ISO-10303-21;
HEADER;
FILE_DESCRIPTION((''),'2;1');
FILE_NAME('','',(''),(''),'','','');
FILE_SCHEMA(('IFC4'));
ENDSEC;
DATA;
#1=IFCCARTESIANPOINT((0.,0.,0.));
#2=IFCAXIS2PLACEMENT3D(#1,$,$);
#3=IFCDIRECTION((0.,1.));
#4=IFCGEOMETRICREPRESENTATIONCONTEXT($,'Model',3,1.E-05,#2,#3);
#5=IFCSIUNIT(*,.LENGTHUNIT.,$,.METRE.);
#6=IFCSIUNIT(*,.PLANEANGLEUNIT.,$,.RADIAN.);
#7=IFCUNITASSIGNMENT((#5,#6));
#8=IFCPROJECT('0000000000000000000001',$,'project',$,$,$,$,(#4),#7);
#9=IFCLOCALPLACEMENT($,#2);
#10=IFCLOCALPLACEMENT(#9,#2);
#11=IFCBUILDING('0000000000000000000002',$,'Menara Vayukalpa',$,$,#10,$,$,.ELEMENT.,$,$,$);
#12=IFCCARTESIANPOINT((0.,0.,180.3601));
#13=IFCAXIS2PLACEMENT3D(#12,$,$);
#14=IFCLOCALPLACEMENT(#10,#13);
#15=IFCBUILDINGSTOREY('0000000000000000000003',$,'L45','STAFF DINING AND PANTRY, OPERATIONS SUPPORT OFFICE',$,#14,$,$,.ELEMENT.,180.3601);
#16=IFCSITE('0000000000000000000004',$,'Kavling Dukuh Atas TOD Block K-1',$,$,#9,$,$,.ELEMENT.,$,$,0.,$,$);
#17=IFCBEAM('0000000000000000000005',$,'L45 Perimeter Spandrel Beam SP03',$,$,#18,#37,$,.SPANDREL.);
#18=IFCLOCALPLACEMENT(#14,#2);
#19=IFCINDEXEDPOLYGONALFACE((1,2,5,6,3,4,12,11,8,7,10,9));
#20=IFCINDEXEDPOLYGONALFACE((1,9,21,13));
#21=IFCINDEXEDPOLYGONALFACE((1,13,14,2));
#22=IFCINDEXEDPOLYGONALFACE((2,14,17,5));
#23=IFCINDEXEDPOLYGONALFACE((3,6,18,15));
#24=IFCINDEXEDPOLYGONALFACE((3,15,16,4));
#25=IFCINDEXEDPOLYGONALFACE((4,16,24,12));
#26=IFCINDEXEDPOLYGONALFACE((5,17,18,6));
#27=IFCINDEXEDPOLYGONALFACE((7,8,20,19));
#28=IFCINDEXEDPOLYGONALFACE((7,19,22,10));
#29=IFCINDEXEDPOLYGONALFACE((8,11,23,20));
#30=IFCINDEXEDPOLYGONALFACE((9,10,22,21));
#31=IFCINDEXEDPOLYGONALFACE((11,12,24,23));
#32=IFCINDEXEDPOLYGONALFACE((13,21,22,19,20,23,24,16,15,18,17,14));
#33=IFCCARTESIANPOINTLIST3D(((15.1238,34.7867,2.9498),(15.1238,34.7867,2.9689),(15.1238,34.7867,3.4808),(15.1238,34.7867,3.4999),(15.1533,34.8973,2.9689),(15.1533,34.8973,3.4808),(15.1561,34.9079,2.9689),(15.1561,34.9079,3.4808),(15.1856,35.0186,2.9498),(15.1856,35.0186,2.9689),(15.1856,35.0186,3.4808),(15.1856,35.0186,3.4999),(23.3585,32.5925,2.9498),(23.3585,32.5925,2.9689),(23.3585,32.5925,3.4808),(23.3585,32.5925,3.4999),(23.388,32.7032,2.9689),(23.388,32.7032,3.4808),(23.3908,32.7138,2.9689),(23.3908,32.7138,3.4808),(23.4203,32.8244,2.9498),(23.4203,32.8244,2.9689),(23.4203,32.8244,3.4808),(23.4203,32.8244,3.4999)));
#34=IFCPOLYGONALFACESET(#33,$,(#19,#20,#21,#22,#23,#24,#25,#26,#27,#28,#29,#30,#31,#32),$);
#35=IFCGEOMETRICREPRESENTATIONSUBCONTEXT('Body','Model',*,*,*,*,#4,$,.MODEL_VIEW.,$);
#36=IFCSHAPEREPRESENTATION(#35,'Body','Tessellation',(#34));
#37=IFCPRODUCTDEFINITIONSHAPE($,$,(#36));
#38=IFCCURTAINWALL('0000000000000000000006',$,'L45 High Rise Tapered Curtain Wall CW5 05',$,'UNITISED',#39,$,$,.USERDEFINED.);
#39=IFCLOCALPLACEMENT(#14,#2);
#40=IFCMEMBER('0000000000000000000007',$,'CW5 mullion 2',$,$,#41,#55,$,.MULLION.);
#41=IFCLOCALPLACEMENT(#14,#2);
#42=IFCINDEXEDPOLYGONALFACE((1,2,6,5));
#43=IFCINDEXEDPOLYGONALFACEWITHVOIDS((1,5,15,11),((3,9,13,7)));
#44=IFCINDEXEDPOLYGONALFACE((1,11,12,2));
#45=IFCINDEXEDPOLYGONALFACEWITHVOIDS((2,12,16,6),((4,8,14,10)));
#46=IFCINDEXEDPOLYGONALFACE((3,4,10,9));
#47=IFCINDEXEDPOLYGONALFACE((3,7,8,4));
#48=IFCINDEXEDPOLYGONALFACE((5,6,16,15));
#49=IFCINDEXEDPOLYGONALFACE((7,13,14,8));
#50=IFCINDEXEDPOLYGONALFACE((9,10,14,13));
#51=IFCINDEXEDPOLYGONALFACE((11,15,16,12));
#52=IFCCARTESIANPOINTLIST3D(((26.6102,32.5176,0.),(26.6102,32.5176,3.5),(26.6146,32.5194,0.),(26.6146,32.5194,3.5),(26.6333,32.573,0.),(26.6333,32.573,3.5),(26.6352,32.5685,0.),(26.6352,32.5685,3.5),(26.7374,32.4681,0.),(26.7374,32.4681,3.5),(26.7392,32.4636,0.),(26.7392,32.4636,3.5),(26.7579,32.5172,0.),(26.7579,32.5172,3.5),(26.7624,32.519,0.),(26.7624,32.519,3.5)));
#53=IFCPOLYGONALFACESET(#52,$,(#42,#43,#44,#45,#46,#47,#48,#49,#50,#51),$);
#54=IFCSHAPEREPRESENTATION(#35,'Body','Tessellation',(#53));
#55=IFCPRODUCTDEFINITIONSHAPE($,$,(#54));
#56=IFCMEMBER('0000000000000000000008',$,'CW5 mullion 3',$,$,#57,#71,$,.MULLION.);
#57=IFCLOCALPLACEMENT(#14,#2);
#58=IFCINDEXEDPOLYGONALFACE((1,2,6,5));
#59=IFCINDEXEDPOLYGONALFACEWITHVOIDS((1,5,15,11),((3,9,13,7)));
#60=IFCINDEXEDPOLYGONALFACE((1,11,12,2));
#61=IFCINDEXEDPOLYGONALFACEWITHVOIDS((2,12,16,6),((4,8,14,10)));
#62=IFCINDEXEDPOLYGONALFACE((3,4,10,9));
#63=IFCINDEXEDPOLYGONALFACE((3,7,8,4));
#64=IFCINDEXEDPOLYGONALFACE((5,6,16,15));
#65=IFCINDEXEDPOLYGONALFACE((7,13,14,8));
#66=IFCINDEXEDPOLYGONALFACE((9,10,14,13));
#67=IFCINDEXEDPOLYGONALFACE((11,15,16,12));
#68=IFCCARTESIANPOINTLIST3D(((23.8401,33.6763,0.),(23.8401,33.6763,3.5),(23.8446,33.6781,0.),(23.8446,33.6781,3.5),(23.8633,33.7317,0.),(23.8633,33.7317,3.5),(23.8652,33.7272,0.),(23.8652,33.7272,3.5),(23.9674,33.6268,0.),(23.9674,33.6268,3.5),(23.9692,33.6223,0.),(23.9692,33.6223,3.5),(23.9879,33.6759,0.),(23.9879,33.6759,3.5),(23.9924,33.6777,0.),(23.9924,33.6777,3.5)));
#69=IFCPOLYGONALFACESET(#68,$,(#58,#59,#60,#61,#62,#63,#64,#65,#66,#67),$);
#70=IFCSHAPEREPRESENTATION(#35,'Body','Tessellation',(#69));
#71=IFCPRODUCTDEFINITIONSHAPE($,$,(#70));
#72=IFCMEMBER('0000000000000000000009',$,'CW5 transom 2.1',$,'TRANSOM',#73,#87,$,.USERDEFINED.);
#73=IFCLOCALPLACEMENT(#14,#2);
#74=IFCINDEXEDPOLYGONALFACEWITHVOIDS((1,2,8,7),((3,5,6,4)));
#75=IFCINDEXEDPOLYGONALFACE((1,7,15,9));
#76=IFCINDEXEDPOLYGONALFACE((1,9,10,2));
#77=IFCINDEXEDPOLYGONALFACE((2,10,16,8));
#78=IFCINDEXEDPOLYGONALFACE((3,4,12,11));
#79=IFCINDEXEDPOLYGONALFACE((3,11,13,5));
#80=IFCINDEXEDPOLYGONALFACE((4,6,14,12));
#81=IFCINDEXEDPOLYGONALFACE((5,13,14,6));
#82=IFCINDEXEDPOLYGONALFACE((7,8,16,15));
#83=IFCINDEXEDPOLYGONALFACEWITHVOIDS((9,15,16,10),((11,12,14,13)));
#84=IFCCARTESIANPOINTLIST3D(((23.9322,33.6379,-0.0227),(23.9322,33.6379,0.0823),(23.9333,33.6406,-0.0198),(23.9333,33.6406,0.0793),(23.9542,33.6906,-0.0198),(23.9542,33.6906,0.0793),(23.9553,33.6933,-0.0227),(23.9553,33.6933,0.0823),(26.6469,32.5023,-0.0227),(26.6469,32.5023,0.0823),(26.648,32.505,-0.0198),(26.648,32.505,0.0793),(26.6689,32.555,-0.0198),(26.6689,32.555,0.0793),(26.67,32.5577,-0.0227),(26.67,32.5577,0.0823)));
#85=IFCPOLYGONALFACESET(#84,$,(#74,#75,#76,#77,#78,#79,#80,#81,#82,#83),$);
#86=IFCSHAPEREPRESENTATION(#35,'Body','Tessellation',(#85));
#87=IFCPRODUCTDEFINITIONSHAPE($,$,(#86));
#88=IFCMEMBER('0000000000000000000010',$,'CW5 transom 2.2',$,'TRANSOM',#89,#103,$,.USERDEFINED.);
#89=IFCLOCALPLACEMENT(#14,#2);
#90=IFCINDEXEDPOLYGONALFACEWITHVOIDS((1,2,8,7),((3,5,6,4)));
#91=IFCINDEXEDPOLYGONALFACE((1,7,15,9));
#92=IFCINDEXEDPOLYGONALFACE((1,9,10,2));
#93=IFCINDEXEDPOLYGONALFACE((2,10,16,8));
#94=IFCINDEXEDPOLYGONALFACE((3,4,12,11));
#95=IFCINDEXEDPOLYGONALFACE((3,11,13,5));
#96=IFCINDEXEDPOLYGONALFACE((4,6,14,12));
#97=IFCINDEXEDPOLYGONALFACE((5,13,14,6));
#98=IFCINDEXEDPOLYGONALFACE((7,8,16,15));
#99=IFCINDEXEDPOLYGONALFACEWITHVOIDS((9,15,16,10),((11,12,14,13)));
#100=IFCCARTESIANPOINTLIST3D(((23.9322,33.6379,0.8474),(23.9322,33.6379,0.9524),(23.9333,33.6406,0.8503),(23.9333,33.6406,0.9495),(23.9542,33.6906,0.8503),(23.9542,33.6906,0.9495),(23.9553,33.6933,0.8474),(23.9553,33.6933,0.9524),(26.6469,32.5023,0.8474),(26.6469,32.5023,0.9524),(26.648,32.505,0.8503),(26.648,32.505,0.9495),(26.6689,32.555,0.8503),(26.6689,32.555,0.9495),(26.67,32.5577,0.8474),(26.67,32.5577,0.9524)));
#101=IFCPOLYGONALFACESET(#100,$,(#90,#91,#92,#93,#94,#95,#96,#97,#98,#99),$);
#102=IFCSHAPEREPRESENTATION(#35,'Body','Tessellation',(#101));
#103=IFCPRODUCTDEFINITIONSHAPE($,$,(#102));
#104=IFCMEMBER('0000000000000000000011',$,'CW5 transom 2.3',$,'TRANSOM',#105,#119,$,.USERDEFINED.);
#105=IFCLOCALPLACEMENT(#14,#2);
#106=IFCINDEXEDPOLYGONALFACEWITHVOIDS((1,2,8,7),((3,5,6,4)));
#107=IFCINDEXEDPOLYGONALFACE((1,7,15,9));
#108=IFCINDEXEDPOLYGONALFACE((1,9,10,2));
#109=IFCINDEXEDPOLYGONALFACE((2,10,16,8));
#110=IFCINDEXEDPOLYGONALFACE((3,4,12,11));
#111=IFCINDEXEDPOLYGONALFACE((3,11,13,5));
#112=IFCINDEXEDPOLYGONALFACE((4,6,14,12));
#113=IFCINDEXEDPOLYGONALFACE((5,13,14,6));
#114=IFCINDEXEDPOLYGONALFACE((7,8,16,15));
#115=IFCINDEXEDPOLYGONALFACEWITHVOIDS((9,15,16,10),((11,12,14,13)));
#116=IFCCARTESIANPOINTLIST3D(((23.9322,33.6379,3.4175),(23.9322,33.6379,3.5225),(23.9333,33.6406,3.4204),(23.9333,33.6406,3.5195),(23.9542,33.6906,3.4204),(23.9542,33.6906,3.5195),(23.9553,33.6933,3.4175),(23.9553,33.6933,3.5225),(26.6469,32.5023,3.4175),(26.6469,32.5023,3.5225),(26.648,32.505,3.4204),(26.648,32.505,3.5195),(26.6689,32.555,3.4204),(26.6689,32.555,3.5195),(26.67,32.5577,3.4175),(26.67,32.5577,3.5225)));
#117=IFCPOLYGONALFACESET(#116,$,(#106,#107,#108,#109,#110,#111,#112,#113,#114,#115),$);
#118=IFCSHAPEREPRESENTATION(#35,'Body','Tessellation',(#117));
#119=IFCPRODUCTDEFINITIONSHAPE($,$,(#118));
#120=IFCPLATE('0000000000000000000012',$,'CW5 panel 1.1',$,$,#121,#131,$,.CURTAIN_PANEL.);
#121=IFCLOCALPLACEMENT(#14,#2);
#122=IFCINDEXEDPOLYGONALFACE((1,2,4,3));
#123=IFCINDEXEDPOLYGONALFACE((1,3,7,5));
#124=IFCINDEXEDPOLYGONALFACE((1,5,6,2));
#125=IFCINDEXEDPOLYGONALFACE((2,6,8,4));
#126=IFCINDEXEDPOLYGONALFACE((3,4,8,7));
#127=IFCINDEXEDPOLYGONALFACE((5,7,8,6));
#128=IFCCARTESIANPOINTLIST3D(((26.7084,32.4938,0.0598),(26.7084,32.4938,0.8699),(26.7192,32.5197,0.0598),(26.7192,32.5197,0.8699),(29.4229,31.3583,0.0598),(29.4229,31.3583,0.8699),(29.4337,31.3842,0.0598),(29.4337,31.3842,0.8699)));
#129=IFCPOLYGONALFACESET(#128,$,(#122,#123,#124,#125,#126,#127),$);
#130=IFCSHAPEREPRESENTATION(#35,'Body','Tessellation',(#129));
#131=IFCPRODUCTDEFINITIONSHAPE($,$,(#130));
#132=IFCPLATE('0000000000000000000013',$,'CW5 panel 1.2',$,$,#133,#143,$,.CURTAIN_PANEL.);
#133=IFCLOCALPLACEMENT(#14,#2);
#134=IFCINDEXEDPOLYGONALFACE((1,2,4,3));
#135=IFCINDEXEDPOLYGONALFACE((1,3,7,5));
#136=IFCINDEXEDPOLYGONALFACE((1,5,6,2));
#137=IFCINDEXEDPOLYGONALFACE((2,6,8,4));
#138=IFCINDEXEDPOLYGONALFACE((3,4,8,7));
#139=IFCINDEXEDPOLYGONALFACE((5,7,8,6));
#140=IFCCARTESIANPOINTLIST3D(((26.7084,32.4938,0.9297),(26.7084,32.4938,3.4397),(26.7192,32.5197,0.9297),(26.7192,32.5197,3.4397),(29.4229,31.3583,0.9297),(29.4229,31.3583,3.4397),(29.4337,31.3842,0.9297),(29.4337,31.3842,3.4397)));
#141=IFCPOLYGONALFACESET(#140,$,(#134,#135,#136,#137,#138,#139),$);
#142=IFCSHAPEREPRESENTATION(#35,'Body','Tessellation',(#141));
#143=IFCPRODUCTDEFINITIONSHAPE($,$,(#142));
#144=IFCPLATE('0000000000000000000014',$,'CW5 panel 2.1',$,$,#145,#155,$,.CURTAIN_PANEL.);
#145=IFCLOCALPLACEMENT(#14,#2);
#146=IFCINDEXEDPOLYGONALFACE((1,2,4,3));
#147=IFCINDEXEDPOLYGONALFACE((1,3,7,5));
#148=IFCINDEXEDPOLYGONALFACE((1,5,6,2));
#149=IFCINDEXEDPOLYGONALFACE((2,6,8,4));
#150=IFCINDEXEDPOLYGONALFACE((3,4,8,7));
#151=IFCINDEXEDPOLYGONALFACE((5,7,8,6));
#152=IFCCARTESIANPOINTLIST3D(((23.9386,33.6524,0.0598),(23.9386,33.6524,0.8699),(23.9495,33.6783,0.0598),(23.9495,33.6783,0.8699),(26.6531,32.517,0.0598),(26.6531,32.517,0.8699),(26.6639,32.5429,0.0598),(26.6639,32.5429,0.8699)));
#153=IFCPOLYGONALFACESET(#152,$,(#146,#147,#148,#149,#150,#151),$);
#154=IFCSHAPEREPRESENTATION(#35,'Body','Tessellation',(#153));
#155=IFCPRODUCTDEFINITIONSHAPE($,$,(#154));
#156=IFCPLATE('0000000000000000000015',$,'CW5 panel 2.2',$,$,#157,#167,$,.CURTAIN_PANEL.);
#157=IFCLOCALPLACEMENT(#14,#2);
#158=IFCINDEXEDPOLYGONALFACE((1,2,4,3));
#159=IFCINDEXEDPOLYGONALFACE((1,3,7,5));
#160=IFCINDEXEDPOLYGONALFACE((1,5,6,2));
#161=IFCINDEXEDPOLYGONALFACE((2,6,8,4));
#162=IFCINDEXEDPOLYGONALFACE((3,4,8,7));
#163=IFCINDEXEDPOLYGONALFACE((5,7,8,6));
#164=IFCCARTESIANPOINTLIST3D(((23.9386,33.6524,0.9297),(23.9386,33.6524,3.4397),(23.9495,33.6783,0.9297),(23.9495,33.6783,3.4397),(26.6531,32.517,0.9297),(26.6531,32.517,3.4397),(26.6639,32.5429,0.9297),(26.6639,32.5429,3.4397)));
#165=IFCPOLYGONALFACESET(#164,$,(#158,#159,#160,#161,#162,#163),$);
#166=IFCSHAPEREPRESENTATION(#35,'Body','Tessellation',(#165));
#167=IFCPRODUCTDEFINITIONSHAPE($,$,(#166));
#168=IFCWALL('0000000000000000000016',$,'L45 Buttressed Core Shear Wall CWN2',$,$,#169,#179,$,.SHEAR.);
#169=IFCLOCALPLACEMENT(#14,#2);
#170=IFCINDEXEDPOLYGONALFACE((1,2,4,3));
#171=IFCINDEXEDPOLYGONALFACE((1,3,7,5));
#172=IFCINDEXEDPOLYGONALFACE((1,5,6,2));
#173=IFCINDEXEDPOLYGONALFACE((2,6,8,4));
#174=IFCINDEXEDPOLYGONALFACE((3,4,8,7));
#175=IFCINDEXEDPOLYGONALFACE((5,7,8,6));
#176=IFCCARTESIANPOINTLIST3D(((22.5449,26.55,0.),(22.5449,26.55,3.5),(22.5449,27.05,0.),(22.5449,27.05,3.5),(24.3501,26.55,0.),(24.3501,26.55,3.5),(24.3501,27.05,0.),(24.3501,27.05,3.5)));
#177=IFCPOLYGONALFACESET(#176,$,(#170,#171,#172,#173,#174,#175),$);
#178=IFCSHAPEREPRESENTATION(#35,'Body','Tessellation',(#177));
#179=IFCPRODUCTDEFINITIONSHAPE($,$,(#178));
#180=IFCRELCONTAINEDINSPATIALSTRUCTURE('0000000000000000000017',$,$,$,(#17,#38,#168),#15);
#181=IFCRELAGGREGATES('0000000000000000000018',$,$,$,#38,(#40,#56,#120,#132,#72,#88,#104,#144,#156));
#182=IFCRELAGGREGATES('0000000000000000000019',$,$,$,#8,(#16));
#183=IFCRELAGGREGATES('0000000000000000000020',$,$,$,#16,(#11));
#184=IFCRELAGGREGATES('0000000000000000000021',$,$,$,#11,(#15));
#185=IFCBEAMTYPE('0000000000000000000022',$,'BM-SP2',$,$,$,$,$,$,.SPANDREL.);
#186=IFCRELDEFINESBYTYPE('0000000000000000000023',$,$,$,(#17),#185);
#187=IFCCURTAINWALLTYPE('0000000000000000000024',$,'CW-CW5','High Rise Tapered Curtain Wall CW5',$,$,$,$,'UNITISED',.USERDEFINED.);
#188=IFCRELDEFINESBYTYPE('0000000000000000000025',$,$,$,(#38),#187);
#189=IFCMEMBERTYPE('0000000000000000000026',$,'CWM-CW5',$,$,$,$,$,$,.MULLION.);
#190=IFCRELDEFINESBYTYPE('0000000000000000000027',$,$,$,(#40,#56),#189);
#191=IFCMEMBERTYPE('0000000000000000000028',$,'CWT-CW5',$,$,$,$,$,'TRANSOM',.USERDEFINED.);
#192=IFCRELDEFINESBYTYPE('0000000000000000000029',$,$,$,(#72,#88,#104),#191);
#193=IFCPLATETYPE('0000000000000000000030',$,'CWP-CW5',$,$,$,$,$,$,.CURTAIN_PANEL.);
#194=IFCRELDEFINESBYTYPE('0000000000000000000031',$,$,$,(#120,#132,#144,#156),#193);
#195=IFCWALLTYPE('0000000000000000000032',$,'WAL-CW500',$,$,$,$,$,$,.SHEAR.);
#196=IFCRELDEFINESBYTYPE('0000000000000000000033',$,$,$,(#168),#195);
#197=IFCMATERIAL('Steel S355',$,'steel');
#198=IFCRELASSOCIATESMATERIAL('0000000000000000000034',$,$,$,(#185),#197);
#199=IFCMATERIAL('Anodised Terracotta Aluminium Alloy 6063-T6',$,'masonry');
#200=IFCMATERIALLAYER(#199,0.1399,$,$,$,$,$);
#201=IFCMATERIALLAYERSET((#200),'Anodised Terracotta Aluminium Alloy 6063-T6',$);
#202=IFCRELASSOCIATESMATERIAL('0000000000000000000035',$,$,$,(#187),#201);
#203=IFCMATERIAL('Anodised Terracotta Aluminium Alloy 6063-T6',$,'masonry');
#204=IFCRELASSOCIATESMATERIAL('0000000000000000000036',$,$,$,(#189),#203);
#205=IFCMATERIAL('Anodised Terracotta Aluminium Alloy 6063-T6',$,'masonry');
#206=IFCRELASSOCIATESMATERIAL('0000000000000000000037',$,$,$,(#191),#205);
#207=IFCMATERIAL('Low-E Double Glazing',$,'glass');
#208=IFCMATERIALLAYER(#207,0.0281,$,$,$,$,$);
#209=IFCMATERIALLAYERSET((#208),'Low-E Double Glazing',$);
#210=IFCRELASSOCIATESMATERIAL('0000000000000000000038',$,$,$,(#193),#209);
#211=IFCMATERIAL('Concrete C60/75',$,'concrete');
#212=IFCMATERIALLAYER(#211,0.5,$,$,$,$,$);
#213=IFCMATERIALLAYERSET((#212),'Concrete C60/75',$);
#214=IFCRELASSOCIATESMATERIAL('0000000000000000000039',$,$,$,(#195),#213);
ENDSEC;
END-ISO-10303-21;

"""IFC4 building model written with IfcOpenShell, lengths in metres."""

from ifc_helpers import new_model, si_unit, direction, frame, frame_2d, origin, origin_2d, place, context, subcontext, project, spatial, rectangle, hollow_rectangle, i_section, extrude, material, layer, layer_set, material_profile, profile_set, type_object, element, aggregate, save


model = new_model("IFC4")

# Units and contexts
model_context = context("Model", 3, precision=1e-05, world=origin(), true_north=direction((0.0, 1.0)))
body_context = subcontext(model_context, "Body", "Model", "MODEL_VIEW")
ifc_project = project(units=[si_unit("LENGTHUNIT", "METRE"), si_unit("PLANEANGLEUNIT", "RADIAN")], contexts=[model_context])

# Site, building, storey
site_placement = place(None, origin())
site = spatial("IfcSite", under=ifc_project, at=site_placement, Name="Kavling Dukuh Atas TOD Block K-1", CompositionType="ELEMENT", RefElevation=0.0)
building_placement = place(site_placement, origin())
building = spatial("IfcBuilding", under=site, at=building_placement, Name="Menara Vayukalpa", CompositionType="ELEMENT")
storey_placement = place(building_placement, frame((0.0, 0.0, 180.3601)))
storey = spatial("IfcBuildingStorey", under=building, at=storey_placement, Name="L45", Description="STAFF DINING AND PANTRY, OPERATIONS SUPPORT OFFICE", CompositionType="ELEMENT", Elevation=180.3601)

# Beam
ifc_material_1 = material(Name="Steel S355", Category="steel")
ifc_material_profile_1 = material_profile(ifc_material_1, i_section(OverallWidth=0.24, OverallDepth=0.55, WebThickness=0.011, FlangeThickness=0.019, at=origin_2d()), Name="WF 550x240x11x19")
ifc_profile_set_1 = profile_set([ifc_material_profile_1], Name="Steel S355")
beam_type_1 = type_object("IfcBeamType", Name="BM-SP2", PredefinedType="SPANDREL", material=ifc_profile_set_1)
beam_1_placement = place(storey_placement, frame((23.3894, 32.7085, 3.2249), z_axis=(-0.966288, 0.257465, 0.0), x_axis=(-0.257465, -0.966288, 0.0)))
element("IfcBeam", 1, at=beam_1_placement, inside=storey, type_object=beam_type_1, Name="L45 Perimeter Spandrel Beam SP03", PredefinedType="SPANDREL", context=body_context, shape_type="SweptSolid", body=[
    extrude(i_section(OverallWidth=0.24, OverallDepth=0.55, WebThickness=0.011, FlangeThickness=0.019, at=origin_2d()), origin(), (0.0, 0.0, 1.0), 8.522),
])

# Curtain wall, members, plates
ifc_material_2 = material(Name="Anodised Terracotta Aluminium Alloy 6063-T6", Category="masonry")
ifc_layer_1 = layer(ifc_material_2, 0.1399)
ifc_layer_set_1 = layer_set([ifc_layer_1], Name="Anodised Terracotta Aluminium Alloy 6063-T6")
curtain_wall_type = type_object("IfcCurtainWallType", Name="CW-CW5", Description="High Rise Tapered Curtain Wall CW5", ElementType="UNITISED", PredefinedType="USERDEFINED", material=ifc_layer_set_1)
curtain_wall_placement = place(storey_placement, origin())
curtain_wall = element("IfcCurtainWall", 2, at=curtain_wall_placement, inside=storey, type_object=curtain_wall_type, Name="L45 High Rise Tapered Curtain Wall CW5 05", ObjectType="UNITISED", PredefinedType="USERDEFINED")
ifc_material_3 = material(Name="Anodised Terracotta Aluminium Alloy 6063-T6", Category="masonry")
ifc_material_profile_2 = material_profile(ifc_material_3, hollow_rectangle(XDim=0.0601, YDim=0.1399, WallThickness=0.0034, at=origin_2d()), Name="ALU 60x140x3.5")
ifc_profile_set_2 = profile_set([ifc_material_profile_2], Name="Anodised Terracotta Aluminium Alloy 6063-T6")
member_type_1 = type_object("IfcMemberType", Name="CWM-CW5", PredefinedType="MULLION", material=ifc_profile_set_2)
member_1_placement = place(storey_placement, frame((26.6863, 32.5183, 0.0), z_axis=(0.0, 0.0, 1.0), x_axis=(-0.385903, -0.922539, 0.0)))
member_1 = element("IfcMember", 3, at=member_1_placement, type_object=member_type_1, Name="CW5 mullion 2", PredefinedType="MULLION", context=body_context, shape_type="SweptSolid", body=[
    extrude(hollow_rectangle(XDim=0.0601, YDim=0.1399, WallThickness=0.0034, at=origin_2d()), origin(), (0.0, 0.0, 1.0), 3.5),
])
member_2_placement = place(storey_placement, frame((23.9163, 33.677, 0.0), z_axis=(0.0, 0.0, 1.0), x_axis=(-0.385903, -0.922539, 0.0)))
member_2 = element("IfcMember", 4, at=member_2_placement, type_object=member_type_1, Name="CW5 mullion 3", PredefinedType="MULLION", context=body_context, shape_type="SweptSolid", body=[
    extrude(hollow_rectangle(XDim=0.0601, YDim=0.1399, WallThickness=0.0034, at=origin_2d()), origin(), (0.0, 0.0, 1.0), 3.5),
])
ifc_material_4 = material(Name="Anodised Terracotta Aluminium Alloy 6063-T6", Category="masonry")
ifc_material_profile_3 = material_profile(ifc_material_4, hollow_rectangle(XDim=0.0601, YDim=0.105, WallThickness=0.0029, at=origin_2d()), Name="ALU 60x105x3")
ifc_profile_set_3 = profile_set([ifc_material_profile_3], Name="Anodised Terracotta Aluminium Alloy 6063-T6")
member_type_2 = type_object("IfcMemberType", Name="CWT-CW5", ElementType="TRANSOM", PredefinedType="USERDEFINED", material=ifc_profile_set_3)
member_3_placement = place(storey_placement, frame((26.6584, 32.53, 0.0298), z_axis=(-0.922543, 0.385893, 0.0), x_axis=(-0.385893, -0.922543, 0.0)))
member_3 = element("IfcMember", 5, at=member_3_placement, type_object=member_type_2, Name="CW5 transom 2.1", ObjectType="TRANSOM", PredefinedType="USERDEFINED", context=body_context, shape_type="SweptSolid", body=[
    extrude(hollow_rectangle(XDim=0.0601, YDim=0.105, WallThickness=0.0029, at=origin_2d()), origin(), (0.0, 0.0, 1.0), 2.9426),
])
member_4_placement = place(storey_placement, frame((26.6584, 32.53, 0.8999), z_axis=(-0.922543, 0.385893, 0.0), x_axis=(-0.385893, -0.922543, 0.0)))
member_4 = element("IfcMember", 6, at=member_4_placement, type_object=member_type_2, Name="CW5 transom 2.2", ObjectType="TRANSOM", PredefinedType="USERDEFINED", context=body_context, shape_type="SweptSolid", body=[
    extrude(hollow_rectangle(XDim=0.0601, YDim=0.105, WallThickness=0.0029, at=origin_2d()), origin(), (0.0, 0.0, 1.0), 2.9426),
])
member_5_placement = place(storey_placement, frame((26.6584, 32.53, 3.47), z_axis=(-0.922543, 0.385893, 0.0), x_axis=(-0.385893, -0.922543, 0.0)))
member_5 = element("IfcMember", 7, at=member_5_placement, type_object=member_type_2, Name="CW5 transom 2.3", ObjectType="TRANSOM", PredefinedType="USERDEFINED", context=body_context, shape_type="SweptSolid", body=[
    extrude(hollow_rectangle(XDim=0.0601, YDim=0.105, WallThickness=0.0029, at=origin_2d()), origin(), (0.0, 0.0, 1.0), 2.9426),
])
ifc_material_5 = material(Name="Low-E Double Glazing", Category="glass")
ifc_layer_2 = layer(ifc_material_5, 0.0281)
ifc_layer_set_2 = layer_set([ifc_layer_2], Name="Low-E Double Glazing")
plate_type = type_object("IfcPlateType", Name="CWP-CW5", PredefinedType="CURTAIN_PANEL", material=ifc_layer_set_2)
plate_1_placement = place(storey_placement, frame((28.071, 31.939, 0.0598), z_axis=(0.0, 0.0, 1.0), x_axis=(-0.922539, 0.385903, 0.0)))
plate_1 = element("IfcPlate", 8, at=plate_1_placement, type_object=plate_type, Name="CW5 panel 1.1", PredefinedType="CURTAIN_PANEL", context=body_context, shape_type="SweptSolid", body=[
    extrude(rectangle(XDim=2.9424, YDim=0.0281, at=origin_2d()), origin(), (0.0, 0.0, 1.0), 0.8101),
])
plate_2_placement = place(storey_placement, frame((28.071, 31.939, 0.9297), z_axis=(0.0, 0.0, 1.0), x_axis=(-0.922539, 0.385903, 0.0)))
plate_2 = element("IfcPlate", 9, at=plate_2_placement, type_object=plate_type, Name="CW5 panel 1.2", PredefinedType="CURTAIN_PANEL", context=body_context, shape_type="SweptSolid", body=[
    extrude(rectangle(XDim=2.9424, YDim=0.0281, at=origin_2d()), origin(), (0.0, 0.0, 1.0), 2.51),
])
plate_3_placement = place(storey_placement, frame((25.3013, 33.0977, 0.0598), z_axis=(0.0, 0.0, 1.0), x_axis=(-0.922539, 0.385903, 0.0)))
plate_3 = element("IfcPlate", 10, at=plate_3_placement, type_object=plate_type, Name="CW5 panel 2.1", PredefinedType="CURTAIN_PANEL", context=body_context, shape_type="SweptSolid", body=[
    extrude(rectangle(XDim=2.9424, YDim=0.0281, at=origin_2d()), origin(), (0.0, 0.0, 1.0), 0.8101),
])
plate_4_placement = place(storey_placement, frame((25.3013, 33.0977, 0.9297), z_axis=(0.0, 0.0, 1.0), x_axis=(-0.922539, 0.385903, 0.0)))
plate_4 = element("IfcPlate", 11, at=plate_4_placement, type_object=plate_type, Name="CW5 panel 2.2", PredefinedType="CURTAIN_PANEL", context=body_context, shape_type="SweptSolid", body=[
    extrude(rectangle(XDim=2.9424, YDim=0.0281, at=origin_2d()), origin(), (0.0, 0.0, 1.0), 2.51),
])
aggregate(curtain_wall, [member_1, member_2, plate_1, plate_2, member_3, member_4, member_5, plate_3, plate_4])

# Wall
ifc_material_6 = material(Name="Concrete C60/75", Category="concrete")
ifc_layer_3 = layer(ifc_material_6, 0.5)
ifc_layer_set_3 = layer_set([ifc_layer_3], Name="Concrete C60/75")
wall_type_1 = type_object("IfcWallType", Name="WAL-CW500", PredefinedType="SHEAR", material=ifc_layer_set_3)
wall_1_placement = place(storey_placement, frame((22.5449, 26.8, 0.0), z_axis=(0.0, 0.0, 1.0), x_axis=(1.0, 0.0, 0.0)))
element("IfcWall", 12, at=wall_1_placement, inside=storey, type_object=wall_type_1, Name="L45 Buttressed Core Shear Wall CWN2", PredefinedType="SHEAR", context=body_context, shape_type="SweptSolid", body=[
    extrude(rectangle(XDim=1.8052, YDim=0.5, at=frame_2d((0.9026, 0.0))), origin(), (0.0, 0.0, 1.0), 3.5),
])

save(model, "model.ifc")
